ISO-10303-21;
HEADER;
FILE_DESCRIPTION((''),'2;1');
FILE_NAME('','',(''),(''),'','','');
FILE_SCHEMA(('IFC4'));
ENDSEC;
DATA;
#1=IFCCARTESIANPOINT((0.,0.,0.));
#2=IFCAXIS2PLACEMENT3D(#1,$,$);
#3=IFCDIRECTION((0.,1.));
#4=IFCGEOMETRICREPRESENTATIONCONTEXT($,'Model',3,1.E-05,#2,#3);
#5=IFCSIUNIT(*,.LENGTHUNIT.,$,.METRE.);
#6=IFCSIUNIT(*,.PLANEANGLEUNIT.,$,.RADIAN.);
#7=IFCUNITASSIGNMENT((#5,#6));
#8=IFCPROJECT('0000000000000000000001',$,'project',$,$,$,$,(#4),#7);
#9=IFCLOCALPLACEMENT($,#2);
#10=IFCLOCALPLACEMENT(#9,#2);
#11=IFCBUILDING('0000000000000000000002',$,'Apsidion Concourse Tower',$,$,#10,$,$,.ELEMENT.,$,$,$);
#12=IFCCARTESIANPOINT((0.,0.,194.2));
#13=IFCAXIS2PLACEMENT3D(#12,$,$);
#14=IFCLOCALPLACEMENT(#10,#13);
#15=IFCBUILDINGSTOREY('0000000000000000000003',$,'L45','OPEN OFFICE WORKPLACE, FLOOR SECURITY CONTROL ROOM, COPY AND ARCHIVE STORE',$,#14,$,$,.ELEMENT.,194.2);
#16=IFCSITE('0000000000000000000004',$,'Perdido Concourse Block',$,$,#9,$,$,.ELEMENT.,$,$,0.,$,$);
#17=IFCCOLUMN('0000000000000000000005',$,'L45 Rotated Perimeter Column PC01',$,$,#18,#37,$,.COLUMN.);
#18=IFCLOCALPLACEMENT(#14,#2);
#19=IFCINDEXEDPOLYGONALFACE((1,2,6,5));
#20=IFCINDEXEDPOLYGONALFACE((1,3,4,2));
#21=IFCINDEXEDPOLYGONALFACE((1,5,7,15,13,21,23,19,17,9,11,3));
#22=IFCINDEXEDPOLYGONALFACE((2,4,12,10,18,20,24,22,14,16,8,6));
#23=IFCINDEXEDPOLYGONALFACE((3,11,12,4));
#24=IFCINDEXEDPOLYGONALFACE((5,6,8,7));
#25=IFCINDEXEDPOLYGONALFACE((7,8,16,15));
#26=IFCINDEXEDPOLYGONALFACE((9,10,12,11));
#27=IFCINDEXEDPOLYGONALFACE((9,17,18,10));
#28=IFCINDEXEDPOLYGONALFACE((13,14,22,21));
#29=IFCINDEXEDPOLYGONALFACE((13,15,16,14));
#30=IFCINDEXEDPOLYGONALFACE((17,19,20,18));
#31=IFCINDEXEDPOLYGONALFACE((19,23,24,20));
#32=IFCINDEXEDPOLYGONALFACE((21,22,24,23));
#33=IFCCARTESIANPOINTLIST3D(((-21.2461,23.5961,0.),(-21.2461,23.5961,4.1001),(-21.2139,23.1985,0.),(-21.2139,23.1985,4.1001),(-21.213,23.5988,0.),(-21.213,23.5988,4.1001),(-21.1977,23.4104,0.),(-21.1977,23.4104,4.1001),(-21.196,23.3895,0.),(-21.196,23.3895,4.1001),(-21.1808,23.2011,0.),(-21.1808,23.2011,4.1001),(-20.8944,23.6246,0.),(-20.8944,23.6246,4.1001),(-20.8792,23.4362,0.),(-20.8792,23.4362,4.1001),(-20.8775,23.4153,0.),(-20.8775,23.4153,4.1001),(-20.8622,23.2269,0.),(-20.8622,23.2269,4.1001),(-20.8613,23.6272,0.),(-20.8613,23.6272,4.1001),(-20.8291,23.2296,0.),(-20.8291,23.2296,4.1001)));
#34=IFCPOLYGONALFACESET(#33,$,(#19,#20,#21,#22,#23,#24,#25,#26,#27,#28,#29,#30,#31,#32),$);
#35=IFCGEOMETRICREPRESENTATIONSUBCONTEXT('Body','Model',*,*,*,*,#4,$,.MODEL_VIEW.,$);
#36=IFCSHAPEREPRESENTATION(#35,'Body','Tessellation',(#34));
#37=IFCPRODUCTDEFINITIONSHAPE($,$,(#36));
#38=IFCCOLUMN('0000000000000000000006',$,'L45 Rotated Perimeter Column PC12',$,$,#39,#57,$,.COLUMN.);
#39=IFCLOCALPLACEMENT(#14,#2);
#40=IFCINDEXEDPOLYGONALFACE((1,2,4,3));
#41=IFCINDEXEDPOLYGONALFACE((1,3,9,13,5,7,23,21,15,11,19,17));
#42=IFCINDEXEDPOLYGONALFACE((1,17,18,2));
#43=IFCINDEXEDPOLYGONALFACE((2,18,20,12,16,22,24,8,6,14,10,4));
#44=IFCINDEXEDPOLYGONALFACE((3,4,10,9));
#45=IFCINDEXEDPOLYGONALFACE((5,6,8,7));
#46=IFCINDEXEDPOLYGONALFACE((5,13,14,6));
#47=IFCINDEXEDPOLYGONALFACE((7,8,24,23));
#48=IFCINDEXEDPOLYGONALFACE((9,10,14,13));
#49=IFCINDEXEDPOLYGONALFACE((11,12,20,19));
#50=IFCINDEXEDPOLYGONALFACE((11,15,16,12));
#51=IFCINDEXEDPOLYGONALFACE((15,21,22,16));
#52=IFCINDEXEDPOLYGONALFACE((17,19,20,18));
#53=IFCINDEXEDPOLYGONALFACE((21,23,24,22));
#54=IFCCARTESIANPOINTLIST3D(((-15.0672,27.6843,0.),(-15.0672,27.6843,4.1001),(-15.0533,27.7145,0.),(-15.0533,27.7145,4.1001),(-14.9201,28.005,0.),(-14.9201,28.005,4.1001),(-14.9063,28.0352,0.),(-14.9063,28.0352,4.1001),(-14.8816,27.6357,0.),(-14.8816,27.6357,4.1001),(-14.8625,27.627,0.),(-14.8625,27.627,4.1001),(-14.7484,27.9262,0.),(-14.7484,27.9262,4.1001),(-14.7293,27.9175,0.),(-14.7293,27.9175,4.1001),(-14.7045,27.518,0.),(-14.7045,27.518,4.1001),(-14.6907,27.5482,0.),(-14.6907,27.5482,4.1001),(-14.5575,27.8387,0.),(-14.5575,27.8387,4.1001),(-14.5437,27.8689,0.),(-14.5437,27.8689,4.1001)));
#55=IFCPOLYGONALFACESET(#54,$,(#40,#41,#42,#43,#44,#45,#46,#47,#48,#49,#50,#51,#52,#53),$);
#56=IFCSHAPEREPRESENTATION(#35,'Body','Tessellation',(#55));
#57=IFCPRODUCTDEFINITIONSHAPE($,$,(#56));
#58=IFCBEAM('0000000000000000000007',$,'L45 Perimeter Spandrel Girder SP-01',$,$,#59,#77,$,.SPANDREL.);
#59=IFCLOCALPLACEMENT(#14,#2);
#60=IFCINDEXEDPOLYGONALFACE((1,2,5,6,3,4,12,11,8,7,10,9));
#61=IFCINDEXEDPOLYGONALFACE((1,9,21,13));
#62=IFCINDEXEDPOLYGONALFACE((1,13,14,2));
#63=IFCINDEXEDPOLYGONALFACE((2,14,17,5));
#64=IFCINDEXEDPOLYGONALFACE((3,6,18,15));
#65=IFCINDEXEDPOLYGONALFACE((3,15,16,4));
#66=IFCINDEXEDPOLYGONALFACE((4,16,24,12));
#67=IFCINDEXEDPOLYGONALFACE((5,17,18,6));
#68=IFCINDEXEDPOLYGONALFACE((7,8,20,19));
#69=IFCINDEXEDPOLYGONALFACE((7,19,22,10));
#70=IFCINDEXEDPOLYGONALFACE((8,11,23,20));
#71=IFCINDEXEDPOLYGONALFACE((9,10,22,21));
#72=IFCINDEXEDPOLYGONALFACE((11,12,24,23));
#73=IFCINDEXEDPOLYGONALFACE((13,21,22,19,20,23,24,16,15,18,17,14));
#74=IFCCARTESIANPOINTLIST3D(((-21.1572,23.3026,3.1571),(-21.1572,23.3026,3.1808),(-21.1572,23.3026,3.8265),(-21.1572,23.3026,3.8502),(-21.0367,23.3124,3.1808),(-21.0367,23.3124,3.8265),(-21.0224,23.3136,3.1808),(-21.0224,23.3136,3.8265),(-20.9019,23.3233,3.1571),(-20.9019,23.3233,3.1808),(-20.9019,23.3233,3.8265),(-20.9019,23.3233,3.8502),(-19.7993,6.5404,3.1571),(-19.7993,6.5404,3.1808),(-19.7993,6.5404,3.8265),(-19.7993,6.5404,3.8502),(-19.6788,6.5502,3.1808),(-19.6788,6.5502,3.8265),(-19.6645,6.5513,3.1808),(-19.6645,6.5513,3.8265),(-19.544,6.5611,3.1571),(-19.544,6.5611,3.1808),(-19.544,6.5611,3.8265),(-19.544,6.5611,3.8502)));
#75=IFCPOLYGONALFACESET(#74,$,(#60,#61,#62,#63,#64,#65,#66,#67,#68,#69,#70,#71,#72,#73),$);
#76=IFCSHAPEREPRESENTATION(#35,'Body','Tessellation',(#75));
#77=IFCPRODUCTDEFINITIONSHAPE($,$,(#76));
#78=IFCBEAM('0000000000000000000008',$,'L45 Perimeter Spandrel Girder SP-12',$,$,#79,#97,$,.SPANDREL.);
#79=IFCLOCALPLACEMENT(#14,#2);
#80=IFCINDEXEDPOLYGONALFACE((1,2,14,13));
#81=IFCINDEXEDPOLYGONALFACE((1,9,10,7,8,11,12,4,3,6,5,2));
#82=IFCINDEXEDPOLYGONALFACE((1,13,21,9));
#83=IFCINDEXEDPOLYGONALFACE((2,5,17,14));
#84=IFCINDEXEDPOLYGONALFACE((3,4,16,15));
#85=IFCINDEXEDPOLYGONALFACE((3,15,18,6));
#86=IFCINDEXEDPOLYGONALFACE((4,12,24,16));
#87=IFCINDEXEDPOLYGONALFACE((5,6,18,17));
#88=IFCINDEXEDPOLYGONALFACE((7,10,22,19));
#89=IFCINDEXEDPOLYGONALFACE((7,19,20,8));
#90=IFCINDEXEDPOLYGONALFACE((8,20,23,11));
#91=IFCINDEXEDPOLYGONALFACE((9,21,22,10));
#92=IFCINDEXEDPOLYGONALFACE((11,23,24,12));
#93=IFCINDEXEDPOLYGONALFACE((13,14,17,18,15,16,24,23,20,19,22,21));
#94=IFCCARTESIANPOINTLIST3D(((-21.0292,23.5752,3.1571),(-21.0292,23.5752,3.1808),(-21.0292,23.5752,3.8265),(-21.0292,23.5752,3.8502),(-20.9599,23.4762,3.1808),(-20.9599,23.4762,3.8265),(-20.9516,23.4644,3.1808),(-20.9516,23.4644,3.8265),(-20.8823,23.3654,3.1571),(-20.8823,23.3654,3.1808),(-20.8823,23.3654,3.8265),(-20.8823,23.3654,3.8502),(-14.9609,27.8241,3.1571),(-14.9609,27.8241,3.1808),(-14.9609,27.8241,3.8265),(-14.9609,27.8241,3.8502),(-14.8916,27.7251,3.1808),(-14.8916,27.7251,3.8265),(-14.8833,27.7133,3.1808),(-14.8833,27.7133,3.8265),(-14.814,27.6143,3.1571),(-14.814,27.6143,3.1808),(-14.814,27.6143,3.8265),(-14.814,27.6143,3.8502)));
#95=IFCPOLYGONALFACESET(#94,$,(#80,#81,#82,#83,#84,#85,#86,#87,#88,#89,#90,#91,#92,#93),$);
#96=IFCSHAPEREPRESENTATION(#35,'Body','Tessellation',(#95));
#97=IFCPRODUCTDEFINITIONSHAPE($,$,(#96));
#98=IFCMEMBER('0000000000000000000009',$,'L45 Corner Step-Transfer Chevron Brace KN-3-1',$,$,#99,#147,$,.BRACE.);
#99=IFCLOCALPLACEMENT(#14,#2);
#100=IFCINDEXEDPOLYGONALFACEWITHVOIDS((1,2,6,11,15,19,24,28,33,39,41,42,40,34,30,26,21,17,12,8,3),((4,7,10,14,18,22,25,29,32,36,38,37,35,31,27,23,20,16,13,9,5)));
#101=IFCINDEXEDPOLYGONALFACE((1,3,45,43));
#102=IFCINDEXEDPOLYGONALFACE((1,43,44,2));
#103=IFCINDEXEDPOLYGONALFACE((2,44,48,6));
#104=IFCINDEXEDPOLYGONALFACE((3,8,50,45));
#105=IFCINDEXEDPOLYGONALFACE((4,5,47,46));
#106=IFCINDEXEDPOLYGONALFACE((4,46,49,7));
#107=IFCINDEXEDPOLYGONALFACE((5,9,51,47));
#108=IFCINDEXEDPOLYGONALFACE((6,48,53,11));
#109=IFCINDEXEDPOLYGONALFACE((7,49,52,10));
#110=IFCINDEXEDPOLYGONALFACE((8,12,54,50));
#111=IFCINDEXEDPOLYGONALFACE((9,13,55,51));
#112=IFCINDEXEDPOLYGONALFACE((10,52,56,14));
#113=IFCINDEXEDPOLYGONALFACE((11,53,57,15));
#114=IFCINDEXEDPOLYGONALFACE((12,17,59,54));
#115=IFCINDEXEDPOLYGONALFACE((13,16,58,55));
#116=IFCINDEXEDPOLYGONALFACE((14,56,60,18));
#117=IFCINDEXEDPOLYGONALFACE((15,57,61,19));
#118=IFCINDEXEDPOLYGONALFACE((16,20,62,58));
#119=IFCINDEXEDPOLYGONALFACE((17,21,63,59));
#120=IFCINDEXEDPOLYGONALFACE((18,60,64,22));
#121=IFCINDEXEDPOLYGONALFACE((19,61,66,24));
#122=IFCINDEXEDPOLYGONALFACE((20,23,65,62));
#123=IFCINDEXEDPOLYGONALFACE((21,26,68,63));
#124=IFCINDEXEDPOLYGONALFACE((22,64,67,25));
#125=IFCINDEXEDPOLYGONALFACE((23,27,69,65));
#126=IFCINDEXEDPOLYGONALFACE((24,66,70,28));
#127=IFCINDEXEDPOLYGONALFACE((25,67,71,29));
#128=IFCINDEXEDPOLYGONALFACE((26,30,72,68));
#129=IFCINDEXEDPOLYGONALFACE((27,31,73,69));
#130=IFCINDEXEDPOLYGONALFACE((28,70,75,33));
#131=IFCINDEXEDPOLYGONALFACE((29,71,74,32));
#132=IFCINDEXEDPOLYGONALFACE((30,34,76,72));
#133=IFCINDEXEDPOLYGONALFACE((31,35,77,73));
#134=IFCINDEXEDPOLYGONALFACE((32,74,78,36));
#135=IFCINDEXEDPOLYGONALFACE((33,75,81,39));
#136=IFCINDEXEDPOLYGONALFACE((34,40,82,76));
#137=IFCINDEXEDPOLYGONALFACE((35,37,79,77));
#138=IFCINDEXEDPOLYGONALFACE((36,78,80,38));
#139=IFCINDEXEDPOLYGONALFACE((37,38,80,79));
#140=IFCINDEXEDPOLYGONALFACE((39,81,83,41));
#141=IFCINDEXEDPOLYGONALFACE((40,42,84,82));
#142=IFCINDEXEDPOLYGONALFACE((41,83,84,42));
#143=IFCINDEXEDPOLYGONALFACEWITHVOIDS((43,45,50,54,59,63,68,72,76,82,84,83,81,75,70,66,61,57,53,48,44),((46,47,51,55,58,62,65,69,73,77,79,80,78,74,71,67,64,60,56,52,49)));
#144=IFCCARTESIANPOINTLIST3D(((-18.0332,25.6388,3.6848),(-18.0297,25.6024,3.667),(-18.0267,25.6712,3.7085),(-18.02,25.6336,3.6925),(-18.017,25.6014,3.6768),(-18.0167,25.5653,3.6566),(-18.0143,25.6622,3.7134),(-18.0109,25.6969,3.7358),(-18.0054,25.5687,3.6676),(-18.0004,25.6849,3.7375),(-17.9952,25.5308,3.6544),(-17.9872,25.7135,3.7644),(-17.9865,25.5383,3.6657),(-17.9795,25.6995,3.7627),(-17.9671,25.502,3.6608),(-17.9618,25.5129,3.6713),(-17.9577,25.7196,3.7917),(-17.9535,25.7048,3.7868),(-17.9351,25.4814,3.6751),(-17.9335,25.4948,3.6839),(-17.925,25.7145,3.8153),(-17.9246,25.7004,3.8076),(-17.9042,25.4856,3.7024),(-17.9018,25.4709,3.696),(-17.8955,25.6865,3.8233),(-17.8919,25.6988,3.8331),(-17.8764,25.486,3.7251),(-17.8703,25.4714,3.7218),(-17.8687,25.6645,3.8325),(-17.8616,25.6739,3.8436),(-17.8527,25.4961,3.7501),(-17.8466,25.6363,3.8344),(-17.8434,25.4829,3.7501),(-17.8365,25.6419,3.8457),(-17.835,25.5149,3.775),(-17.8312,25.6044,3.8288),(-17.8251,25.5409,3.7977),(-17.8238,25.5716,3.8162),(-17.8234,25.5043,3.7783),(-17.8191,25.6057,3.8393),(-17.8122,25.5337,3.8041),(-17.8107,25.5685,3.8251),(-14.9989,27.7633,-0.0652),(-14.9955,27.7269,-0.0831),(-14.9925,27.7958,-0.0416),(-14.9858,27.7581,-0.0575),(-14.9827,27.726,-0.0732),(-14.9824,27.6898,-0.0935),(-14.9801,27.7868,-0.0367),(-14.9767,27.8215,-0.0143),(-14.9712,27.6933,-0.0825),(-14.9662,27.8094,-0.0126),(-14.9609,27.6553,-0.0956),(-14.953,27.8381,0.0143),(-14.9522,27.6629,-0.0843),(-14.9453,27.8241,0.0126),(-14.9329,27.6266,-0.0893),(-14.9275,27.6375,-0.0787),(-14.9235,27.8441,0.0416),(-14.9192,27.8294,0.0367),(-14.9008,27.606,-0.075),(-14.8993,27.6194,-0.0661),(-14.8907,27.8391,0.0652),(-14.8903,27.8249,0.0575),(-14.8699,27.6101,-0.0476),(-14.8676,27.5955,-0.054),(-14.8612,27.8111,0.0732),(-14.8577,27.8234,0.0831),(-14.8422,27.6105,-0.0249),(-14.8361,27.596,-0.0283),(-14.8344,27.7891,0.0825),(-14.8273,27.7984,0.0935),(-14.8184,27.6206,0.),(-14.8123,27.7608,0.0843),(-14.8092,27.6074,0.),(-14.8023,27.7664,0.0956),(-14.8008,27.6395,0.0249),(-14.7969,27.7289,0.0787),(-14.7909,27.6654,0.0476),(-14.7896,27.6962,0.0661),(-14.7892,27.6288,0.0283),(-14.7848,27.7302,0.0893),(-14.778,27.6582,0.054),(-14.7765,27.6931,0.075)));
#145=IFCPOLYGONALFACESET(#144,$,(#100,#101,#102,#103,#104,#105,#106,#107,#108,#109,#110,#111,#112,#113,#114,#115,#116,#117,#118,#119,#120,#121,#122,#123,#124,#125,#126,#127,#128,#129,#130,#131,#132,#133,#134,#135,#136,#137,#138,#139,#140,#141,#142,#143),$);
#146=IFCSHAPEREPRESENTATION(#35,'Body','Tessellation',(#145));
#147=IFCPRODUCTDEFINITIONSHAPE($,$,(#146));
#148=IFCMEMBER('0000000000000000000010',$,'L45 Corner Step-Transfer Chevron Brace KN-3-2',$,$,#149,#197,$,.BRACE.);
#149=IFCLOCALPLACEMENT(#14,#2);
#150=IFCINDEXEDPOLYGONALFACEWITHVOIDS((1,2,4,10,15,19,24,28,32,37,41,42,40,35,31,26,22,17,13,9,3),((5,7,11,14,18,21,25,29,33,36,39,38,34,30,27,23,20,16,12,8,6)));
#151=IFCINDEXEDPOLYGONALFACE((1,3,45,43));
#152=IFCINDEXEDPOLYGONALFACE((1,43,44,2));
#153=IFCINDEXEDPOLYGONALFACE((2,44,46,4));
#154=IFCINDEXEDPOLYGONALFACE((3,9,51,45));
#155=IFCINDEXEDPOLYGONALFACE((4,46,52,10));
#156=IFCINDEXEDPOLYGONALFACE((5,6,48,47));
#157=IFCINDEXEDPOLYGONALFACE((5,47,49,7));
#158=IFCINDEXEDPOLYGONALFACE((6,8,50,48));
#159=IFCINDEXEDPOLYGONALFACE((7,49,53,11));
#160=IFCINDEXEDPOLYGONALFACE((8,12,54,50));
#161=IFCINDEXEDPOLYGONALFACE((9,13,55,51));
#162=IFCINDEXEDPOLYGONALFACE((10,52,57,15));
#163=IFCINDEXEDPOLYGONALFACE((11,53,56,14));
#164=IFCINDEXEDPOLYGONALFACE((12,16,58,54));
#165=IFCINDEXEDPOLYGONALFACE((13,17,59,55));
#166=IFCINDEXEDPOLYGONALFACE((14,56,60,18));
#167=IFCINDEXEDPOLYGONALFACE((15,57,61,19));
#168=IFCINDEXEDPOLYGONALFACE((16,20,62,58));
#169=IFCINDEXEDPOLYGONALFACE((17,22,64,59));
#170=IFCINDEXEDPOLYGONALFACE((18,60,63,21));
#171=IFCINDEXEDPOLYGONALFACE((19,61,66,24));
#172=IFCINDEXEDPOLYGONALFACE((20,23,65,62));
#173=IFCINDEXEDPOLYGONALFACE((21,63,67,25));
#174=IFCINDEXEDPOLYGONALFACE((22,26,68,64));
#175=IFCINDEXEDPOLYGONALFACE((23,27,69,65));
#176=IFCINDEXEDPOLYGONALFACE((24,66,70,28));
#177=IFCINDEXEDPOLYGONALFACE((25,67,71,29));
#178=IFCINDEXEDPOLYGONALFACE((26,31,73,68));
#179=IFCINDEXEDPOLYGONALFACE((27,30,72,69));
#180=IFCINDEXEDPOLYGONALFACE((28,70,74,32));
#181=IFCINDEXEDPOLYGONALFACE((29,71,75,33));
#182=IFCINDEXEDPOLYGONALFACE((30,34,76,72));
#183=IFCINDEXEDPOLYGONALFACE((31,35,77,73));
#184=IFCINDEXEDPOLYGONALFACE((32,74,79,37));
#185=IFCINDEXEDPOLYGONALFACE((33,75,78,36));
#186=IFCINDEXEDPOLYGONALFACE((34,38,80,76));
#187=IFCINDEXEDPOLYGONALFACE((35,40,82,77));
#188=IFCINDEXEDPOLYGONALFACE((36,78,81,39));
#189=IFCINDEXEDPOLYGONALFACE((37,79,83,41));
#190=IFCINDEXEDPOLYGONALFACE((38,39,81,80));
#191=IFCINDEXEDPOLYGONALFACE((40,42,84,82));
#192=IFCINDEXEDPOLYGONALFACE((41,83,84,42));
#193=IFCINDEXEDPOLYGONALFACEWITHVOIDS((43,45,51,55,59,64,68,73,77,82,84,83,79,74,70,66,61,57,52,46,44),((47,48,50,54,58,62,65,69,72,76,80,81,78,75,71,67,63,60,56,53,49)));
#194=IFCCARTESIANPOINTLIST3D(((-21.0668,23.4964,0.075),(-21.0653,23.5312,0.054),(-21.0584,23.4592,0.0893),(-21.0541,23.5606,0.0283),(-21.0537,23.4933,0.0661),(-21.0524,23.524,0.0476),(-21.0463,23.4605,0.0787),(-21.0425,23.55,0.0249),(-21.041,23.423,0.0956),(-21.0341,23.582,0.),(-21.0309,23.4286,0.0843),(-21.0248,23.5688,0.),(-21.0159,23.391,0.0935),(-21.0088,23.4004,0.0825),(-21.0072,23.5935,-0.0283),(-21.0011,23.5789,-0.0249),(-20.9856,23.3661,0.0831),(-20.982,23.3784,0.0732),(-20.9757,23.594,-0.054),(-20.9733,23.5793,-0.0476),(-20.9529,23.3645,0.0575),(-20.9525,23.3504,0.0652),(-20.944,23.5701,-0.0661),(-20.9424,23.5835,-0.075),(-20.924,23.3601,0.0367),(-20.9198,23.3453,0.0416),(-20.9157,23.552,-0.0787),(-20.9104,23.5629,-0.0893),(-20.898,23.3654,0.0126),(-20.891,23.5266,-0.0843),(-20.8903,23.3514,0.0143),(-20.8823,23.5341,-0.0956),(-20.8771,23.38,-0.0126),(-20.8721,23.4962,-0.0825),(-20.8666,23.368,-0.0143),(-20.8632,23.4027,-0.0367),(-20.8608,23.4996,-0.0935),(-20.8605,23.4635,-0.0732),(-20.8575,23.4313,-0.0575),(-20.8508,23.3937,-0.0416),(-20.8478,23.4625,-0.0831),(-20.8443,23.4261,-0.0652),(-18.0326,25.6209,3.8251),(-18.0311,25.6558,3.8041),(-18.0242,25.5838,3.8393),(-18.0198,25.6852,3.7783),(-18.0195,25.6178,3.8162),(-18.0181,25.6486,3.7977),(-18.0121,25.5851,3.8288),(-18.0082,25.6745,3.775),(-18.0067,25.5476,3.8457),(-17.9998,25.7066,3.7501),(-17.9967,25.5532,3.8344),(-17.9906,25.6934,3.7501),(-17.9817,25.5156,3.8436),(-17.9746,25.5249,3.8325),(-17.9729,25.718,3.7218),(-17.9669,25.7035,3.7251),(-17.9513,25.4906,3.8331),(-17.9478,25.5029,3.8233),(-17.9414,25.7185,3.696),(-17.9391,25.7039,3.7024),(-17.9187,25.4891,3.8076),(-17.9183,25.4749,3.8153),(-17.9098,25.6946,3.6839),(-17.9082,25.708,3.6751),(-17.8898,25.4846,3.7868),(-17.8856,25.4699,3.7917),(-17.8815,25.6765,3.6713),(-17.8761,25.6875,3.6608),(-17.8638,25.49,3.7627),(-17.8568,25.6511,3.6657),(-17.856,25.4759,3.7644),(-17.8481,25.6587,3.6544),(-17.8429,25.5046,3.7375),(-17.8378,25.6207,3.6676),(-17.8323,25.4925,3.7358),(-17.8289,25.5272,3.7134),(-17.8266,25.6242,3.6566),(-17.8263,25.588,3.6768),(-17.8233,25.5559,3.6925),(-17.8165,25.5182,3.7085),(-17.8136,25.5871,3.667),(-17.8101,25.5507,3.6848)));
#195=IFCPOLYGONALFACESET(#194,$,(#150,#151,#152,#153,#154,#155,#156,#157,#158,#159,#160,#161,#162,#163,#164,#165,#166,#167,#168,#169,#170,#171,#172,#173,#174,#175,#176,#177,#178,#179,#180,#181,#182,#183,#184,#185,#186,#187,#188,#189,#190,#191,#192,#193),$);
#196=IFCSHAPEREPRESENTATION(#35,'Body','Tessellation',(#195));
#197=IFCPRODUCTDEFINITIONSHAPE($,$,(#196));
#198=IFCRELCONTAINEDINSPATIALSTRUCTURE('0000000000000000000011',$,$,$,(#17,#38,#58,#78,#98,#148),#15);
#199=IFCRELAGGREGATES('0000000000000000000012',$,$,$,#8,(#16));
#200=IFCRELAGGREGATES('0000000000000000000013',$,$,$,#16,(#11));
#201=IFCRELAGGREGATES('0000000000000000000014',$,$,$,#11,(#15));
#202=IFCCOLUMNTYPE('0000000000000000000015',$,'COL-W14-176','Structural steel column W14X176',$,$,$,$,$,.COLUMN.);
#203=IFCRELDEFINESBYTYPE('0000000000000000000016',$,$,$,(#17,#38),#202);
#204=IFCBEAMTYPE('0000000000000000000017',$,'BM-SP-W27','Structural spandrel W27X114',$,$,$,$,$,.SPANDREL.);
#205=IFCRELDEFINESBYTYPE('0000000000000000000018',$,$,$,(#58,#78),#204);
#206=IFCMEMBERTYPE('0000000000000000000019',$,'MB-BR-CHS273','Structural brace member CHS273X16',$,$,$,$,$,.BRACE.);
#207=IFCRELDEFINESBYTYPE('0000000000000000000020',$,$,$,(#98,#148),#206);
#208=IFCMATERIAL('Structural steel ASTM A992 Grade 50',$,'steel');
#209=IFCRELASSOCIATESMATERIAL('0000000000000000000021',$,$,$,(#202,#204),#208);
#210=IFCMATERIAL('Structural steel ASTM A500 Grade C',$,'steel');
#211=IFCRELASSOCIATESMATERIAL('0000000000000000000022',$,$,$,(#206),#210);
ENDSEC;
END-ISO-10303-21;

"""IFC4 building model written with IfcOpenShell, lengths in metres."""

from ifc_helpers import new_model, si_unit, direction, frame, origin, origin_2d, place, context, subcontext, project, spatial, hollow_circle, i_section, extrude, material, material_profile, profile_set, type_object, element, save


model = new_model("IFC4")

# Units and contexts
model_context = context("Model", 3, precision=1e-05, world=origin(), true_north=direction((0.0, 1.0)))
body_context = subcontext(model_context, "Body", "Model", "MODEL_VIEW")
ifc_project = project(units=[si_unit("LENGTHUNIT", "METRE"), si_unit("PLANEANGLEUNIT", "RADIAN")], contexts=[model_context])

# Site, building, storey
site_placement = place(None, origin())
site = spatial("IfcSite", under=ifc_project, at=site_placement, Name="Perdido Concourse Block", CompositionType="ELEMENT", RefElevation=0.0)
building_placement = place(site_placement, origin())
building = spatial("IfcBuilding", under=site, at=building_placement, Name="Apsidion Concourse Tower", CompositionType="ELEMENT")
storey_placement = place(building_placement, frame((0.0, 0.0, 194.2)))
storey = spatial("IfcBuildingStorey", under=building, at=storey_placement, Name="L45", Description="OPEN OFFICE WORKPLACE, FLOOR SECURITY CONTROL ROOM, COPY AND ARCHIVE STORE", CompositionType="ELEMENT", Elevation=194.2)

# Columns
ifc_material_1 = material(Name="Structural steel ASTM A992 Grade 50", Category="steel")
ifc_material_profile_1 = material_profile(ifc_material_1, i_section(OverallWidth=0.3989, OverallDepth=0.386, WebThickness=0.021, FlangeThickness=0.0332, at=origin_2d()), Name="W14X176")
ifc_profile_set_1 = profile_set([ifc_material_profile_1], Name="Structural steel ASTM A992 Grade 50")
column_type = type_object("IfcColumnType", Name="COL-W14-176", Description="Structural steel column W14X176", PredefinedType="COLUMN", material=ifc_profile_set_1)
for number, where, z_axis, x_axis, name in (
    (1, (-21.0376, 23.4128, 0.0), (0.0, 0.0, 1.0), (-0.080721, 0.996737, 0.0), "L45 Rotated Perimeter Column PC01"),
    (2, (-14.8054, 27.7766, 0.0), (0.0, 0.0, 1.0), (-0.909018, 0.416757, 0.0), "L45 Rotated Perimeter Column PC12"),
):
    element("IfcColumn", number, at=place(storey_placement, frame(where, z_axis=z_axis, x_axis=x_axis)), inside=storey, type_object=column_type, Name=name, PredefinedType="COLUMN", context=body_context, shape_type="SweptSolid", body=[
        extrude(i_section(OverallWidth=0.3989, OverallDepth=0.386, WebThickness=0.021, FlangeThickness=0.0332, at=origin_2d()), origin(), (0.0, 0.0, 1.0), 4.1001),
    ])

# Beams
ifc_material_profile_2 = material_profile(ifc_material_1, i_section(OverallWidth=0.2561, OverallDepth=0.6931, WebThickness=0.0144, FlangeThickness=0.0237, at=origin_2d()), Name="W27X114")
ifc_profile_set_2 = profile_set([ifc_material_profile_2], Name="Structural steel ASTM A992 Grade 50")
beam_type = type_object("IfcBeamType", Name="BM-SP-W27", Description="Structural spandrel W27X114", PredefinedType="SPANDREL", material=ifc_profile_set_2)
beam_1_placement = place(storey_placement, frame((-21.0295, 23.313, 3.5037), z_axis=(0.080746, -0.996735, 0.0), x_axis=(0.996735, 0.080746, 0.0)))
element("IfcBeam", 3, at=beam_1_placement, inside=storey, type_object=beam_type, Name="L45 Perimeter Spandrel Girder SP-01", PredefinedType="SPANDREL", context=body_context, shape_type="SweptSolid", body=[
    extrude(i_section(OverallWidth=0.2561, OverallDepth=0.6931, WebThickness=0.0144, FlangeThickness=0.0237, at=origin_2d()), origin(), (0.0, 0.0, 1.0), 16.8171),
])
beam_2_placement = place(storey_placement, frame((-14.8875, 27.7192, 3.5037), z_axis=(-0.819158, -0.573569, 0.0), x_axis=(0.573569, -0.819158, 0.0)))
element("IfcBeam", 4, at=beam_2_placement, inside=storey, type_object=beam_type, Name="L45 Perimeter Spandrel Girder SP-12", PredefinedType="SPANDREL", context=body_context, shape_type="SweptSolid", body=[
    extrude(i_section(OverallWidth=0.2561, OverallDepth=0.6931, WebThickness=0.0144, FlangeThickness=0.0237, at=origin_2d()), origin(), (0.0, 0.0, 1.0), 7.408),
])

# Members
ifc_material_2 = material(Name="Structural steel ASTM A500 Grade C", Category="steel")
ifc_material_profile_3 = material_profile(ifc_material_2, hollow_circle(Radius=0.1365, WallThickness=0.0161, at=origin_2d()), Name="CHS273X16")
ifc_profile_set_3 = profile_set([ifc_material_profile_3], Name="Structural steel ASTM A500 Grade C")
member_type = type_object("IfcMemberType", Name="MB-BR-CHS273", Description="Structural brace member CHS273X16", PredefinedType="BRACE", material=ifc_profile_set_3)
for number, where, z_axis, x_axis, name in (
    (5, (-14.8875, 27.7192, 0.0), (-0.575648, -0.403065, 0.711455), (0.573569, -0.819158, 0.0), "L45 Corner Step-Transfer Chevron Brace KN-3-1"),
    (6, (-20.9558, 23.4702, 0.0), (0.575648, 0.403065, 0.711455), (-0.573569, 0.819158, 0.0), "L45 Corner Step-Transfer Chevron Brace KN-3-2"),
):
    element("IfcMember", number, at=place(storey_placement, frame(where, z_axis=z_axis, x_axis=x_axis)), inside=storey, type_object=member_type, Name=name, PredefinedType="BRACE", context=body_context, shape_type="SweptSolid", body=[
        extrude(hollow_circle(Radius=0.1365, WallThickness=0.0161, at=origin_2d()), origin(), (0.0, 0.0, 1.0), 5.271),
    ])

save(model, "model.ifc")
